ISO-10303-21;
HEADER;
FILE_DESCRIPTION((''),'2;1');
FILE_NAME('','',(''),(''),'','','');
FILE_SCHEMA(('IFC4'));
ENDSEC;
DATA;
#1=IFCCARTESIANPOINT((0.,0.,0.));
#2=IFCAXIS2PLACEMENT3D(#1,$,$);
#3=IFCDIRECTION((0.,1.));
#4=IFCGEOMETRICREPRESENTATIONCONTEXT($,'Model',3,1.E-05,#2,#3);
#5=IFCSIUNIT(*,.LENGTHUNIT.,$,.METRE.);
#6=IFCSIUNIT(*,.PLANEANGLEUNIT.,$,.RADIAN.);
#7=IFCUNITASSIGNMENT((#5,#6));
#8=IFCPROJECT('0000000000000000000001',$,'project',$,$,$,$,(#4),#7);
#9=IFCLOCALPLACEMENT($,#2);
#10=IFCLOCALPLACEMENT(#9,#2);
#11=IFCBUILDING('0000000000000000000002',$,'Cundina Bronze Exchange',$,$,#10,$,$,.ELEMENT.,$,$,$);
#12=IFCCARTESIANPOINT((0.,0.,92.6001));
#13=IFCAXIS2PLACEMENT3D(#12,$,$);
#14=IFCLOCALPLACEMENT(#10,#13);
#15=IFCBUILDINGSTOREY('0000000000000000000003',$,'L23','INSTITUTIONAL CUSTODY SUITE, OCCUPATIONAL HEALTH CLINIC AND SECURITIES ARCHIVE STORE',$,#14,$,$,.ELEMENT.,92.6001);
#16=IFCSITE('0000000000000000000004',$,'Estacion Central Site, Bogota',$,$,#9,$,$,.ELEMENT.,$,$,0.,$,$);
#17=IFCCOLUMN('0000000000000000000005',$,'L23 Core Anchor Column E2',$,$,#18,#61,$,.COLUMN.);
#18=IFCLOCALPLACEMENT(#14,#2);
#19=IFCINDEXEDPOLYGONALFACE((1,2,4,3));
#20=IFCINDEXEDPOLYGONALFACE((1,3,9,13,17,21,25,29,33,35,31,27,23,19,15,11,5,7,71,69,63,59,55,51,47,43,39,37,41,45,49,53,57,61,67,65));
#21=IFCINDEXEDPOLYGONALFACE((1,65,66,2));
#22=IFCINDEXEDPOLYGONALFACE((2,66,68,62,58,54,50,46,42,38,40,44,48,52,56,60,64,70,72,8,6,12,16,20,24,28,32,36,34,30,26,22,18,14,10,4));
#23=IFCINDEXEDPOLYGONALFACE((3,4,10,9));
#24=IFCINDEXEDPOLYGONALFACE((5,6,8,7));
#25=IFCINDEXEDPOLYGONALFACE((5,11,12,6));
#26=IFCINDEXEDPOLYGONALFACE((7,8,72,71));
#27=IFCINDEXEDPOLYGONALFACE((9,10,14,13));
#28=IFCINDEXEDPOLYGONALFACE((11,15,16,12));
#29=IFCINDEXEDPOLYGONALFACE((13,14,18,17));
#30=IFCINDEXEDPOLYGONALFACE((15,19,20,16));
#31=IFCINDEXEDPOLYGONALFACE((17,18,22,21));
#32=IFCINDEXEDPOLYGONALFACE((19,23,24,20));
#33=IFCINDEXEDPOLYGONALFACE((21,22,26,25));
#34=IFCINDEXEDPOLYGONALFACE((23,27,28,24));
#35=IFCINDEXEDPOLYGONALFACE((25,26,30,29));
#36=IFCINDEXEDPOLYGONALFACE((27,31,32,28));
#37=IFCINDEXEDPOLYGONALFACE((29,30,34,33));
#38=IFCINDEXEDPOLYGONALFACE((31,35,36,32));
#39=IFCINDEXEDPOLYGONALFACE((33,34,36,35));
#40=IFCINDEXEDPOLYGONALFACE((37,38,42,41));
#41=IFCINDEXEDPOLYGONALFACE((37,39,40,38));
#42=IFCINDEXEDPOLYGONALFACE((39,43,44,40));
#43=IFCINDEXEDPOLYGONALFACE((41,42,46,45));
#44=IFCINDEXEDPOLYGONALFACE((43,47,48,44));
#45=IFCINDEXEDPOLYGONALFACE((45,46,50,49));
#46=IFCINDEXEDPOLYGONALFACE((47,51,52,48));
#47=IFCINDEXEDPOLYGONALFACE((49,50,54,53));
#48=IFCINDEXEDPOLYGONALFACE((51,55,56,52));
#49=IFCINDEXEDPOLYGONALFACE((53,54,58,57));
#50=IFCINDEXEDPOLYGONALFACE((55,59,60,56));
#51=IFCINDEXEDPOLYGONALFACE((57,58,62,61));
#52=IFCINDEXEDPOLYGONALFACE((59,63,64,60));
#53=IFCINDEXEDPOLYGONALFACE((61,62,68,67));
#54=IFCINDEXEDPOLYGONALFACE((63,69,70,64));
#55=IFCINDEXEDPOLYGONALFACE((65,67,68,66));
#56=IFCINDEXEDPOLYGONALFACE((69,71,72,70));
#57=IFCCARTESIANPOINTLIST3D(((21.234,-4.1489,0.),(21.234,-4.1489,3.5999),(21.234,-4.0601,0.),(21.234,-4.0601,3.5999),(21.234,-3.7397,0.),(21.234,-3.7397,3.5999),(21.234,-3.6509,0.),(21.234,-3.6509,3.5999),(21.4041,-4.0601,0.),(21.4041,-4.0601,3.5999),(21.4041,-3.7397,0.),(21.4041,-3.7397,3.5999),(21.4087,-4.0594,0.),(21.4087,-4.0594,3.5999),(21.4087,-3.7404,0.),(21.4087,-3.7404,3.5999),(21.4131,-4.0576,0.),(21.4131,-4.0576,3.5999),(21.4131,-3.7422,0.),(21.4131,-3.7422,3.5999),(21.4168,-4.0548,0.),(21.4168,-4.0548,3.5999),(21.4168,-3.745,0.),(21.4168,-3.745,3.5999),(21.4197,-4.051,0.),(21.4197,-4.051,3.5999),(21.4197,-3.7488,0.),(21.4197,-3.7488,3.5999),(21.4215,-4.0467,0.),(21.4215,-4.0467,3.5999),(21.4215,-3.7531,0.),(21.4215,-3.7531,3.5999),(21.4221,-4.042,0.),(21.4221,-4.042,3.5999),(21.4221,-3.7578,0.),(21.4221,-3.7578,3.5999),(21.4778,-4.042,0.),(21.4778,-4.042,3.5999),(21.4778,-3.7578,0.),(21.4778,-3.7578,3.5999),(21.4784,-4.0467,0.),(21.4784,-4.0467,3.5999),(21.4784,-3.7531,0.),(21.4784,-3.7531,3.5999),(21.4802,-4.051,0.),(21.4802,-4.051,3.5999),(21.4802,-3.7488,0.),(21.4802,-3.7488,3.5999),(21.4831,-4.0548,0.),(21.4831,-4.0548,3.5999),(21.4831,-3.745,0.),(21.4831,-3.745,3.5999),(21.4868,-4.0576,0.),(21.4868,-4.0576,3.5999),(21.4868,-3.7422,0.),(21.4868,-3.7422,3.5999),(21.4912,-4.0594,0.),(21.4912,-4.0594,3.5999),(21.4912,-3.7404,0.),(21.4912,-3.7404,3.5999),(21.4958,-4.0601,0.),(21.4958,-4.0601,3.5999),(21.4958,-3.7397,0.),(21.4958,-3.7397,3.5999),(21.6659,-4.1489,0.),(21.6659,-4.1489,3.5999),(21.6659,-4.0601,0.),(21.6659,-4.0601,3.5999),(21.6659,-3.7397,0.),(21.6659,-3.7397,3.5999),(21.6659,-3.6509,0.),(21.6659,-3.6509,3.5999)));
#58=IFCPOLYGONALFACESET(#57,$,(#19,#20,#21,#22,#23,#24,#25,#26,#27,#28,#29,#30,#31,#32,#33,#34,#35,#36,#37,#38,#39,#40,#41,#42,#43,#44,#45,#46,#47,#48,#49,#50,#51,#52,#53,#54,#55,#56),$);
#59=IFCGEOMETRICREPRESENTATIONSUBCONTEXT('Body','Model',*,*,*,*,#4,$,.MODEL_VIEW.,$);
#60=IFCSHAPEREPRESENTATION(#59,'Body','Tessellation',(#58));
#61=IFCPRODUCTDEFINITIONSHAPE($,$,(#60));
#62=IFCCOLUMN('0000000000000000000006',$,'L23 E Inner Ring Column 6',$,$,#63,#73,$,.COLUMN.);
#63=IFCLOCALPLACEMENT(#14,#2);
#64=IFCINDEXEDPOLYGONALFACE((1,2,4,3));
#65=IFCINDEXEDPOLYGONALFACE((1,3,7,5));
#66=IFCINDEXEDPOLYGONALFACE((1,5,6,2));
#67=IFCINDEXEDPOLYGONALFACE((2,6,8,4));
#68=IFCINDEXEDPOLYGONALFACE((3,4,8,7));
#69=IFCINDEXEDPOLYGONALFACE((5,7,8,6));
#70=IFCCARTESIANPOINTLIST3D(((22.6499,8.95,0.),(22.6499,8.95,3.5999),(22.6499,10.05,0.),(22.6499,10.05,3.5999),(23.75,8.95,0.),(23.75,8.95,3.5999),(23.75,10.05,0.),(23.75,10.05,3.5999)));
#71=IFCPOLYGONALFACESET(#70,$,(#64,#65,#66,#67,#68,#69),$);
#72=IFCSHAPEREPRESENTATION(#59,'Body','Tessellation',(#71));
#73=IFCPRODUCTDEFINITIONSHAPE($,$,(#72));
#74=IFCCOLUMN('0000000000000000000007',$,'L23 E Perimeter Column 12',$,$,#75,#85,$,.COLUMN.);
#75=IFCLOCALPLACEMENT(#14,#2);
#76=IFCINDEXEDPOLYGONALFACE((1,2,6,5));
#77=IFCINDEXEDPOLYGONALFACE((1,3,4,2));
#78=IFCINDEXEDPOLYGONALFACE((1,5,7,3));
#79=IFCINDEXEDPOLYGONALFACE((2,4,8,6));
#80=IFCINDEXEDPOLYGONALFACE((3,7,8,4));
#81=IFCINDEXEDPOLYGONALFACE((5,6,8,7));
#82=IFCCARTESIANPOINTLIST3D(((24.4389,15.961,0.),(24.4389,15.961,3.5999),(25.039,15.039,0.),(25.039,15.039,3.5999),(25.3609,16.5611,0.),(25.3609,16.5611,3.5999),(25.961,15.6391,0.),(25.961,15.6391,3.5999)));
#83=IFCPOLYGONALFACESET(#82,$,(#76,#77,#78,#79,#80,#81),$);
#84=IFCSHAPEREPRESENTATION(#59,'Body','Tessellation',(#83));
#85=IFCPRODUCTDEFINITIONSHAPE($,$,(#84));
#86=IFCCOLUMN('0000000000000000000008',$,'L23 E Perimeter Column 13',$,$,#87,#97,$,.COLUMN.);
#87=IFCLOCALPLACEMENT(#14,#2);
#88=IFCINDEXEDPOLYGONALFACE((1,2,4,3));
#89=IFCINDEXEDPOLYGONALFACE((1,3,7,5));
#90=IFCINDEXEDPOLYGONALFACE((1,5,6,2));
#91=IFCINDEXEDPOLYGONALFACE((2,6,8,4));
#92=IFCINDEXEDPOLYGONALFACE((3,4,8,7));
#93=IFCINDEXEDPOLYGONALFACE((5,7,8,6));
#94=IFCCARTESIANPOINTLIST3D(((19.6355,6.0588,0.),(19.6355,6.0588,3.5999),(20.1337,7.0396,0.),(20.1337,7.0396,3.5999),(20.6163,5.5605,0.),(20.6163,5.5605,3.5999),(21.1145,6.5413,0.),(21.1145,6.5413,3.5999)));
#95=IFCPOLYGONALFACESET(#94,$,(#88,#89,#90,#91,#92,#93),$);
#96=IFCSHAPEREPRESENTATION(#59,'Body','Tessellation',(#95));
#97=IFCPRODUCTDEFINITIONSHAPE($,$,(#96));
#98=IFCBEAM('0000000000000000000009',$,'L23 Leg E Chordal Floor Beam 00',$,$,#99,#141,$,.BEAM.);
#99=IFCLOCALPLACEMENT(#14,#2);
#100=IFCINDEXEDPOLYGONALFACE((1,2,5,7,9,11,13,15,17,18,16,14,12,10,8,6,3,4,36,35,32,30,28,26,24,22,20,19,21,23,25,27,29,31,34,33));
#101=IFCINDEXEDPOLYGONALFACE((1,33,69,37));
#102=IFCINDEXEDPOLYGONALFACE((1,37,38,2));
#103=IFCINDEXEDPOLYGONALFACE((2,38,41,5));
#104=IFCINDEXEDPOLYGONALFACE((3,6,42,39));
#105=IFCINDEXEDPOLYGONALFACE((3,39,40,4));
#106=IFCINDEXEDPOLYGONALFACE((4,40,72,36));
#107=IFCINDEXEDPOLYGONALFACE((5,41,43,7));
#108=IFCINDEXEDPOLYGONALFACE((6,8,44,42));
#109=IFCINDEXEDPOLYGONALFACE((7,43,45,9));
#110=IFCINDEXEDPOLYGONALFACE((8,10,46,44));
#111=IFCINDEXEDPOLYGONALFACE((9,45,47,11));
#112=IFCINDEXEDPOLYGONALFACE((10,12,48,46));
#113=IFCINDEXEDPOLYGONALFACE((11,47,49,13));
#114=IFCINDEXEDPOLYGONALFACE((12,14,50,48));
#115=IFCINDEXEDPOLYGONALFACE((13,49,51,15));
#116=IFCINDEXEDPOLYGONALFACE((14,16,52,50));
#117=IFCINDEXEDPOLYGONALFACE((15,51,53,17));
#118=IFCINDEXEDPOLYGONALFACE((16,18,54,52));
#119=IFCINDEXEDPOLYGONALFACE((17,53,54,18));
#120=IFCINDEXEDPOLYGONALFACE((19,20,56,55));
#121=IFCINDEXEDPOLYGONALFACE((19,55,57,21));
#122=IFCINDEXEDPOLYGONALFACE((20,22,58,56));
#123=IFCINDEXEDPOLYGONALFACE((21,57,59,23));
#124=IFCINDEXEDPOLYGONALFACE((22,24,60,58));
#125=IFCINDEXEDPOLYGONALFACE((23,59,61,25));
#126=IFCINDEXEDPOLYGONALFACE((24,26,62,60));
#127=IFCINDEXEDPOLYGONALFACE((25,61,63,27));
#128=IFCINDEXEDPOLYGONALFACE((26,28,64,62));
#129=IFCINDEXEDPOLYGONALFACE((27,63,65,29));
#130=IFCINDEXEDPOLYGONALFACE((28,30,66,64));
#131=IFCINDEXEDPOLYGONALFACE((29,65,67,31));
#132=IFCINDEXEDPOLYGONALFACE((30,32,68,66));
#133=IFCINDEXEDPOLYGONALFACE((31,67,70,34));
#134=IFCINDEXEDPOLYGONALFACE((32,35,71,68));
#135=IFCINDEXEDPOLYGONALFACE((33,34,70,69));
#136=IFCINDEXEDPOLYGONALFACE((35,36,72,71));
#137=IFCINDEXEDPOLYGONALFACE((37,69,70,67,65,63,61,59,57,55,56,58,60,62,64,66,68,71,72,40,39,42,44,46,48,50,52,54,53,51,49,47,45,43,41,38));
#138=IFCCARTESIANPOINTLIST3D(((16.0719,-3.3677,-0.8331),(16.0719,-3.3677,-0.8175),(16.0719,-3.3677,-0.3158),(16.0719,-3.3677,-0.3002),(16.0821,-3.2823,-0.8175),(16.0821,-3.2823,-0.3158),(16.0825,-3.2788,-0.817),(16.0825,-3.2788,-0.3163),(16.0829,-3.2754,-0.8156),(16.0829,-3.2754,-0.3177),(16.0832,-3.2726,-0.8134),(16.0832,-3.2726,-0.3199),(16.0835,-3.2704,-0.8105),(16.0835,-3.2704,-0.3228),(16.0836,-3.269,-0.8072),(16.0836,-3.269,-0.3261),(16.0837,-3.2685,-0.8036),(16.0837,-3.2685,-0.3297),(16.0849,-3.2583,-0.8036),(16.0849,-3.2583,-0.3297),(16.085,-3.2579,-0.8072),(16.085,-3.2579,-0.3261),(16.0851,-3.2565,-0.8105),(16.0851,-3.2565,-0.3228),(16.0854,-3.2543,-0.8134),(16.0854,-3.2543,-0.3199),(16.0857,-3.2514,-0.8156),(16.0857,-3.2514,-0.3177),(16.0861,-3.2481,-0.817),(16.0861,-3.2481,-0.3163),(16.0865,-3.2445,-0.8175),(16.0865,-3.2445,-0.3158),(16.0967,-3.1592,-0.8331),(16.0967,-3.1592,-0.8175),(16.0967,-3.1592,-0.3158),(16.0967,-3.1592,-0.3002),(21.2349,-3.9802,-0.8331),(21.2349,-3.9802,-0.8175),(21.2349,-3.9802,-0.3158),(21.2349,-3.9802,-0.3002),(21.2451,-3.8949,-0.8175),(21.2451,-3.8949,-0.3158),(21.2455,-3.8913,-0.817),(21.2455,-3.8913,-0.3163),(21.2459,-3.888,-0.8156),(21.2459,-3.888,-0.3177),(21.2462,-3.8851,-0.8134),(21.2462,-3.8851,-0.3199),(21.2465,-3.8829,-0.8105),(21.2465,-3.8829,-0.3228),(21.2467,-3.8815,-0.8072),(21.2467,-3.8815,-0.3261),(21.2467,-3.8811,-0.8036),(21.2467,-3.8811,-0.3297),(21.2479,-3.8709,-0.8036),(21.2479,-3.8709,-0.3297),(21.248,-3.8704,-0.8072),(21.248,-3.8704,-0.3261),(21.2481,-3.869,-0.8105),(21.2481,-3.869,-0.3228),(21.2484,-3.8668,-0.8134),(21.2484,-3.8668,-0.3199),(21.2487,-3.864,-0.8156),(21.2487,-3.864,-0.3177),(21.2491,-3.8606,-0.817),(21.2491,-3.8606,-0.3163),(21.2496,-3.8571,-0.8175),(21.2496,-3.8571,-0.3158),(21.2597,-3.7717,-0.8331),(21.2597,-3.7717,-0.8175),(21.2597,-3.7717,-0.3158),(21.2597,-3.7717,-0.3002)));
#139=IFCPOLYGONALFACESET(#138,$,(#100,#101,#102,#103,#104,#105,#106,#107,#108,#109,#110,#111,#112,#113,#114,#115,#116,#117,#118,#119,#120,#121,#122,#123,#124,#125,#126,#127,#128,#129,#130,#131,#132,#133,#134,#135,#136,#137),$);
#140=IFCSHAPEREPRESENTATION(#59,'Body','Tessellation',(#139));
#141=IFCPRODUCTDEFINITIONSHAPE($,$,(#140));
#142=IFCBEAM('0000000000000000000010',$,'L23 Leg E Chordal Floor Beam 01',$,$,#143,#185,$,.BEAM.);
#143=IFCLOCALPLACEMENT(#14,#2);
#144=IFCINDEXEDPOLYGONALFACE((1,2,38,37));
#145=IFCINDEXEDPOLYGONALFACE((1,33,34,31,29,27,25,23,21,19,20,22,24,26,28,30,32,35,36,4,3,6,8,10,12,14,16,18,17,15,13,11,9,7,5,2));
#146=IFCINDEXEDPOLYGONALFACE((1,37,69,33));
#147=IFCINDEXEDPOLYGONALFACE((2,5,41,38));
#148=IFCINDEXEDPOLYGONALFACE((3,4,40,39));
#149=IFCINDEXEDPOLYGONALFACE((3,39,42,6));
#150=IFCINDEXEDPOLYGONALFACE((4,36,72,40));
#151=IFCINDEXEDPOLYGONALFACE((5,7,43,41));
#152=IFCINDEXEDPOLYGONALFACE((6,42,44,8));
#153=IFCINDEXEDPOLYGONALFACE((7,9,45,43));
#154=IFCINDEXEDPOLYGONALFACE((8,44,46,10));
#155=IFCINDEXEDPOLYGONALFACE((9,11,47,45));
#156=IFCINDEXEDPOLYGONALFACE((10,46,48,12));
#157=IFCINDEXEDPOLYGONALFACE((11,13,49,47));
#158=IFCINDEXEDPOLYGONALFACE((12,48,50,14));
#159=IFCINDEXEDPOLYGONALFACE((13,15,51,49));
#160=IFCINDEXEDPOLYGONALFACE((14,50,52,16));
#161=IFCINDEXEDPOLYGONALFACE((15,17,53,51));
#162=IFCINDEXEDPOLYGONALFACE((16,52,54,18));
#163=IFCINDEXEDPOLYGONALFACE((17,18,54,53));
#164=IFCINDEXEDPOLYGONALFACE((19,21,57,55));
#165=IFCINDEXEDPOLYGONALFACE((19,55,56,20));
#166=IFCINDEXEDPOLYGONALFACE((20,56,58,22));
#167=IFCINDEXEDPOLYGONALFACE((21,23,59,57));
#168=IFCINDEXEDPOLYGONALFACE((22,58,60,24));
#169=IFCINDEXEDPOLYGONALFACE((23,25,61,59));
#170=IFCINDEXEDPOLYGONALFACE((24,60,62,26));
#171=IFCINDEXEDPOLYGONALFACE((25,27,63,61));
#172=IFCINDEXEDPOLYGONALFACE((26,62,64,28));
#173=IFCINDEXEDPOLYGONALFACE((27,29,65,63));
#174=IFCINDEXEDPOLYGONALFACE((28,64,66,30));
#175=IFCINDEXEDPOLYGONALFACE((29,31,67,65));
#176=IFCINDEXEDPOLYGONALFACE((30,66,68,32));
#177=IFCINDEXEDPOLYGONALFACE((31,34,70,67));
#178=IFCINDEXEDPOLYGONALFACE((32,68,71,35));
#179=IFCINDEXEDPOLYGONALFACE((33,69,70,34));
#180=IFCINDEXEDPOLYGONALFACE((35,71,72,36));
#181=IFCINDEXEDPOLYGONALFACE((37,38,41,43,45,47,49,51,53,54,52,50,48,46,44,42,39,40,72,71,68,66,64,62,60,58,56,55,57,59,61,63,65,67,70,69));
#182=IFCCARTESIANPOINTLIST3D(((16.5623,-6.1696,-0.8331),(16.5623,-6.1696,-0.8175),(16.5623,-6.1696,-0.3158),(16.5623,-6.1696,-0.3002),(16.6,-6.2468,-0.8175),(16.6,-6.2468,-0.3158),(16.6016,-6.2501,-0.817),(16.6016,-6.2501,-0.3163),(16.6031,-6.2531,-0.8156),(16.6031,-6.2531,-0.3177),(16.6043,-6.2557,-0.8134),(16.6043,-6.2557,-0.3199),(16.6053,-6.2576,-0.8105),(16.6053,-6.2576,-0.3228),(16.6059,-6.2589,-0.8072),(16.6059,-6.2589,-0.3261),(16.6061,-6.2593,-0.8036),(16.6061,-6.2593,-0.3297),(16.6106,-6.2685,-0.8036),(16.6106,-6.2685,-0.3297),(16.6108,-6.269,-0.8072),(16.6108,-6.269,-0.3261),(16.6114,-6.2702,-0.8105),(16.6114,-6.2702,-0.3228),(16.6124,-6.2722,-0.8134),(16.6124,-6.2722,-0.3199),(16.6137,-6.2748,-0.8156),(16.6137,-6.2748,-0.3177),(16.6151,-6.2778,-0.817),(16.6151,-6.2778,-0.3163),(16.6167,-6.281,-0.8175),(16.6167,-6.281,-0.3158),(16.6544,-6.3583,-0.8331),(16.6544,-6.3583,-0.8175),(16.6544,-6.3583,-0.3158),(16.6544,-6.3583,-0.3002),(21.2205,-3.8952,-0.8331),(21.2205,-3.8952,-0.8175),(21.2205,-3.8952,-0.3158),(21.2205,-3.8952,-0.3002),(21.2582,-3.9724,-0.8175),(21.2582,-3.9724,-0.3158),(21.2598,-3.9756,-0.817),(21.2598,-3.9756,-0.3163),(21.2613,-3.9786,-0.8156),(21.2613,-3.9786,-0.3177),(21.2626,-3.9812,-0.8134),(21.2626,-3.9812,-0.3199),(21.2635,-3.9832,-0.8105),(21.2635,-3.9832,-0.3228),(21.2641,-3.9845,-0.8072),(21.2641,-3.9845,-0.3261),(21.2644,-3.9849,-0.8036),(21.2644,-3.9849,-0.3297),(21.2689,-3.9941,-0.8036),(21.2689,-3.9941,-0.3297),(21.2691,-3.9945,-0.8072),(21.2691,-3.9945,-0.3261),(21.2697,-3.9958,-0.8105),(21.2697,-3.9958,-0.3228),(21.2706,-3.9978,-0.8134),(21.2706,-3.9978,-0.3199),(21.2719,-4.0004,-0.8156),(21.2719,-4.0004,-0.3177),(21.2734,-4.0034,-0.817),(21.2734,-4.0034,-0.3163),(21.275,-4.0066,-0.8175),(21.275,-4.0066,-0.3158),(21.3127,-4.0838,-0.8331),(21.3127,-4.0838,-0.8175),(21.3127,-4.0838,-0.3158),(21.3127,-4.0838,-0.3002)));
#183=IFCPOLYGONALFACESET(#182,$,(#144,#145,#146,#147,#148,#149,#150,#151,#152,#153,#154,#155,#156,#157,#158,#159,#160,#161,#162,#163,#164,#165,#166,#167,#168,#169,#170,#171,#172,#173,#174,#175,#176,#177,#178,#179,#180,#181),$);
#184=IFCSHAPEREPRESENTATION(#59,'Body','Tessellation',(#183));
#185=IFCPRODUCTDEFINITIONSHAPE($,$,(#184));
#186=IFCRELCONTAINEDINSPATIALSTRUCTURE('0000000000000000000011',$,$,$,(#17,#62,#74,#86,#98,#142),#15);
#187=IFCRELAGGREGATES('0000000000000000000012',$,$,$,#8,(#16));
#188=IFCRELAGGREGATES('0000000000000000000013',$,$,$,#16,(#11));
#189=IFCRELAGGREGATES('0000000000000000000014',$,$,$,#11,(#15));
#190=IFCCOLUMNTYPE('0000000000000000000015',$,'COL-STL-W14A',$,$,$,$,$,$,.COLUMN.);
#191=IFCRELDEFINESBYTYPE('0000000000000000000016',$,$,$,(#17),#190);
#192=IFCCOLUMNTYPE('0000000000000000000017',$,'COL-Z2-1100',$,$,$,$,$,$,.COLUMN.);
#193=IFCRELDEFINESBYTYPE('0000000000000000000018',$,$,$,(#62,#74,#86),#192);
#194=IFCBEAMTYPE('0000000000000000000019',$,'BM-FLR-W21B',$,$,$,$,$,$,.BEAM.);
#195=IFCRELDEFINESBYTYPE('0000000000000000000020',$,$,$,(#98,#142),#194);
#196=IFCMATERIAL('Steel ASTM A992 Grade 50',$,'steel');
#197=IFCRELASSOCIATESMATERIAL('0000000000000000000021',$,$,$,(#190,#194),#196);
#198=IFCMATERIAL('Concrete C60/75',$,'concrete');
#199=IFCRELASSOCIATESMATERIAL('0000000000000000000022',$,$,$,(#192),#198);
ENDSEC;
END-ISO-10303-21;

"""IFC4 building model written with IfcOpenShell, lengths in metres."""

from ifc_helpers import new_model, si_unit, direction, frame, origin, origin_2d, place, context, subcontext, project, spatial, rectangle, i_section, extrude, material, material_profile, profile_set, type_object, element, save


model = new_model("IFC4")

# Units and contexts
model_context = context("Model", 3, precision=1e-05, world=origin(), true_north=direction((0.0, 1.0)))
body_context = subcontext(model_context, "Body", "Model", "MODEL_VIEW")
ifc_project = project(units=[si_unit("LENGTHUNIT", "METRE"), si_unit("PLANEANGLEUNIT", "RADIAN")], contexts=[model_context])

# Site, building, storey
site_placement = place(None, origin())
site = spatial("IfcSite", under=ifc_project, at=site_placement, Name="Estacion Central Site, Bogota", CompositionType="ELEMENT", RefElevation=0.0)
building_placement = place(site_placement, origin())
building = spatial("IfcBuilding", under=site, at=building_placement, Name="Cundina Bronze Exchange", CompositionType="ELEMENT")
storey_placement = place(building_placement, frame((0.0, 0.0, 92.6001)))
storey = spatial("IfcBuildingStorey", under=building, at=storey_placement, Name="L23", Description="INSTITUTIONAL CUSTODY SUITE, OCCUPATIONAL HEALTH CLINIC AND SECURITIES ARCHIVE STORE", CompositionType="ELEMENT", Elevation=92.6001)

# Columns
ifc_material_1 = material(Name="Steel ASTM A992 Grade 50", Category="steel")
ifc_material_profile_1 = material_profile(ifc_material_1, i_section(OverallWidth=0.4319, OverallDepth=0.498, WebThickness=0.0557, FlangeThickness=0.0889, FilletRadius=0.0181, at=origin_2d()), Name="W14X500", Category="steel")
ifc_profile_set_1 = profile_set([ifc_material_profile_1], Name="Steel ASTM A992 Grade 50")
column_type_1 = type_object("IfcColumnType", Name="COL-STL-W14A", PredefinedType="COLUMN", material=ifc_profile_set_1)
column_placement = place(storey_placement, frame((21.45, -3.8999, 0.0), z_axis=(0.0, 0.0, 1.0), x_axis=(1.0, 0.0, 0.0)))
element("IfcColumn", 1, at=column_placement, inside=storey, type_object=column_type_1, Name="L23 Core Anchor Column E2", PredefinedType="COLUMN", context=body_context, shape_type="SweptSolid", body=[
    extrude(i_section(OverallWidth=0.4319, OverallDepth=0.498, WebThickness=0.0557, FlangeThickness=0.0889, FilletRadius=0.0181, at=origin_2d()), origin(), (0.0, 0.0, 1.0), 3.5999),
])
ifc_material_2 = material(Name="Concrete C60/75", Category="concrete")
ifc_material_profile_2 = material_profile(ifc_material_2, rectangle(XDim=1.1001, YDim=1.1001, at=origin_2d()), Name="RC1100X1100", Category="concrete")
ifc_profile_set_2 = profile_set([ifc_material_profile_2], Name="Concrete C60/75")
column_type_2 = type_object("IfcColumnType", Name="COL-Z2-1100", PredefinedType="COLUMN", material=ifc_profile_set_2)
for number, where, z_axis, x_axis, name in (
    (2, (23.2, 9.5, 0.0), (0.0, 0.0, 1.0), (1.0, 0.0, 0.0), "L23 E Inner Ring Column 6"),
    (3, (25.2, 15.8, 0.0), (0.0, 0.0, 1.0), (-0.8381, -0.545517, 0.0), "L23 E Perimeter Column 12"),
    (4, (20.375, 6.3, 0.0), (0.0, 0.0, 1.0), (-0.452902, -0.891561, 0.0), "L23 E Perimeter Column 13"),
):
    element("IfcColumn", number, at=place(storey_placement, frame(where, z_axis=z_axis, x_axis=x_axis)), inside=storey, type_object=column_type_2, Name=name, PredefinedType="COLUMN", context=body_context, shape_type="SweptSolid", body=[
        extrude(rectangle(XDim=1.1001, YDim=1.1001, at=origin_2d()), origin(), (0.0, 0.0, 1.0), 3.5999),
    ])

# Beams
ifc_material_profile_3 = material_profile(ifc_material_1, i_section(OverallWidth=0.21, OverallDepth=0.533, WebThickness=0.0103, FlangeThickness=0.0156, FilletRadius=0.0139, at=origin_2d()), Name="W21X62", Category="steel")
ifc_profile_set_3 = profile_set([ifc_material_profile_3], Name="Steel ASTM A992 Grade 50")
beam_type_1 = type_object("IfcBeamType", Name="BM-FLR-W21B", PredefinedType="BEAM", material=ifc_profile_set_3)
beam_1_placement = place(storey_placement, frame((21.2473, -3.876, -0.5667), z_axis=(-0.993036, 0.117814, 0.0), x_axis=(-0.117814, -0.993036, 0.0)))
element("IfcBeam", 5, at=beam_1_placement, inside=storey, type_object=beam_type_1, Name="L23 Leg E Chordal Floor Beam 00", PredefinedType="BEAM", context=body_context, shape_type="SweptSolid", body=[
    extrude(i_section(OverallWidth=0.21, OverallDepth=0.533, WebThickness=0.0103, FlangeThickness=0.0156, FilletRadius=0.0139, at=origin_2d()), origin(), (0.0, 0.0, 1.0), 5.1992),
])
beam_2_placement = place(storey_placement, frame((21.2666, -3.9895, -0.5667), z_axis=(-0.898607, -0.438754, 0.0), x_axis=(0.438754, -0.898607, 0.0)))
element("IfcBeam", 6, at=beam_2_placement, inside=storey, type_object=beam_type_1, Name="L23 Leg E Chordal Floor Beam 01", PredefinedType="BEAM", context=body_context, shape_type="SweptSolid", body=[
    extrude(i_section(OverallWidth=0.21, OverallDepth=0.533, WebThickness=0.0103, FlangeThickness=0.0156, FilletRadius=0.0139, at=origin_2d()), origin(), (0.0, 0.0, 1.0), 5.1838),
])

save(model, "model.ifc")
